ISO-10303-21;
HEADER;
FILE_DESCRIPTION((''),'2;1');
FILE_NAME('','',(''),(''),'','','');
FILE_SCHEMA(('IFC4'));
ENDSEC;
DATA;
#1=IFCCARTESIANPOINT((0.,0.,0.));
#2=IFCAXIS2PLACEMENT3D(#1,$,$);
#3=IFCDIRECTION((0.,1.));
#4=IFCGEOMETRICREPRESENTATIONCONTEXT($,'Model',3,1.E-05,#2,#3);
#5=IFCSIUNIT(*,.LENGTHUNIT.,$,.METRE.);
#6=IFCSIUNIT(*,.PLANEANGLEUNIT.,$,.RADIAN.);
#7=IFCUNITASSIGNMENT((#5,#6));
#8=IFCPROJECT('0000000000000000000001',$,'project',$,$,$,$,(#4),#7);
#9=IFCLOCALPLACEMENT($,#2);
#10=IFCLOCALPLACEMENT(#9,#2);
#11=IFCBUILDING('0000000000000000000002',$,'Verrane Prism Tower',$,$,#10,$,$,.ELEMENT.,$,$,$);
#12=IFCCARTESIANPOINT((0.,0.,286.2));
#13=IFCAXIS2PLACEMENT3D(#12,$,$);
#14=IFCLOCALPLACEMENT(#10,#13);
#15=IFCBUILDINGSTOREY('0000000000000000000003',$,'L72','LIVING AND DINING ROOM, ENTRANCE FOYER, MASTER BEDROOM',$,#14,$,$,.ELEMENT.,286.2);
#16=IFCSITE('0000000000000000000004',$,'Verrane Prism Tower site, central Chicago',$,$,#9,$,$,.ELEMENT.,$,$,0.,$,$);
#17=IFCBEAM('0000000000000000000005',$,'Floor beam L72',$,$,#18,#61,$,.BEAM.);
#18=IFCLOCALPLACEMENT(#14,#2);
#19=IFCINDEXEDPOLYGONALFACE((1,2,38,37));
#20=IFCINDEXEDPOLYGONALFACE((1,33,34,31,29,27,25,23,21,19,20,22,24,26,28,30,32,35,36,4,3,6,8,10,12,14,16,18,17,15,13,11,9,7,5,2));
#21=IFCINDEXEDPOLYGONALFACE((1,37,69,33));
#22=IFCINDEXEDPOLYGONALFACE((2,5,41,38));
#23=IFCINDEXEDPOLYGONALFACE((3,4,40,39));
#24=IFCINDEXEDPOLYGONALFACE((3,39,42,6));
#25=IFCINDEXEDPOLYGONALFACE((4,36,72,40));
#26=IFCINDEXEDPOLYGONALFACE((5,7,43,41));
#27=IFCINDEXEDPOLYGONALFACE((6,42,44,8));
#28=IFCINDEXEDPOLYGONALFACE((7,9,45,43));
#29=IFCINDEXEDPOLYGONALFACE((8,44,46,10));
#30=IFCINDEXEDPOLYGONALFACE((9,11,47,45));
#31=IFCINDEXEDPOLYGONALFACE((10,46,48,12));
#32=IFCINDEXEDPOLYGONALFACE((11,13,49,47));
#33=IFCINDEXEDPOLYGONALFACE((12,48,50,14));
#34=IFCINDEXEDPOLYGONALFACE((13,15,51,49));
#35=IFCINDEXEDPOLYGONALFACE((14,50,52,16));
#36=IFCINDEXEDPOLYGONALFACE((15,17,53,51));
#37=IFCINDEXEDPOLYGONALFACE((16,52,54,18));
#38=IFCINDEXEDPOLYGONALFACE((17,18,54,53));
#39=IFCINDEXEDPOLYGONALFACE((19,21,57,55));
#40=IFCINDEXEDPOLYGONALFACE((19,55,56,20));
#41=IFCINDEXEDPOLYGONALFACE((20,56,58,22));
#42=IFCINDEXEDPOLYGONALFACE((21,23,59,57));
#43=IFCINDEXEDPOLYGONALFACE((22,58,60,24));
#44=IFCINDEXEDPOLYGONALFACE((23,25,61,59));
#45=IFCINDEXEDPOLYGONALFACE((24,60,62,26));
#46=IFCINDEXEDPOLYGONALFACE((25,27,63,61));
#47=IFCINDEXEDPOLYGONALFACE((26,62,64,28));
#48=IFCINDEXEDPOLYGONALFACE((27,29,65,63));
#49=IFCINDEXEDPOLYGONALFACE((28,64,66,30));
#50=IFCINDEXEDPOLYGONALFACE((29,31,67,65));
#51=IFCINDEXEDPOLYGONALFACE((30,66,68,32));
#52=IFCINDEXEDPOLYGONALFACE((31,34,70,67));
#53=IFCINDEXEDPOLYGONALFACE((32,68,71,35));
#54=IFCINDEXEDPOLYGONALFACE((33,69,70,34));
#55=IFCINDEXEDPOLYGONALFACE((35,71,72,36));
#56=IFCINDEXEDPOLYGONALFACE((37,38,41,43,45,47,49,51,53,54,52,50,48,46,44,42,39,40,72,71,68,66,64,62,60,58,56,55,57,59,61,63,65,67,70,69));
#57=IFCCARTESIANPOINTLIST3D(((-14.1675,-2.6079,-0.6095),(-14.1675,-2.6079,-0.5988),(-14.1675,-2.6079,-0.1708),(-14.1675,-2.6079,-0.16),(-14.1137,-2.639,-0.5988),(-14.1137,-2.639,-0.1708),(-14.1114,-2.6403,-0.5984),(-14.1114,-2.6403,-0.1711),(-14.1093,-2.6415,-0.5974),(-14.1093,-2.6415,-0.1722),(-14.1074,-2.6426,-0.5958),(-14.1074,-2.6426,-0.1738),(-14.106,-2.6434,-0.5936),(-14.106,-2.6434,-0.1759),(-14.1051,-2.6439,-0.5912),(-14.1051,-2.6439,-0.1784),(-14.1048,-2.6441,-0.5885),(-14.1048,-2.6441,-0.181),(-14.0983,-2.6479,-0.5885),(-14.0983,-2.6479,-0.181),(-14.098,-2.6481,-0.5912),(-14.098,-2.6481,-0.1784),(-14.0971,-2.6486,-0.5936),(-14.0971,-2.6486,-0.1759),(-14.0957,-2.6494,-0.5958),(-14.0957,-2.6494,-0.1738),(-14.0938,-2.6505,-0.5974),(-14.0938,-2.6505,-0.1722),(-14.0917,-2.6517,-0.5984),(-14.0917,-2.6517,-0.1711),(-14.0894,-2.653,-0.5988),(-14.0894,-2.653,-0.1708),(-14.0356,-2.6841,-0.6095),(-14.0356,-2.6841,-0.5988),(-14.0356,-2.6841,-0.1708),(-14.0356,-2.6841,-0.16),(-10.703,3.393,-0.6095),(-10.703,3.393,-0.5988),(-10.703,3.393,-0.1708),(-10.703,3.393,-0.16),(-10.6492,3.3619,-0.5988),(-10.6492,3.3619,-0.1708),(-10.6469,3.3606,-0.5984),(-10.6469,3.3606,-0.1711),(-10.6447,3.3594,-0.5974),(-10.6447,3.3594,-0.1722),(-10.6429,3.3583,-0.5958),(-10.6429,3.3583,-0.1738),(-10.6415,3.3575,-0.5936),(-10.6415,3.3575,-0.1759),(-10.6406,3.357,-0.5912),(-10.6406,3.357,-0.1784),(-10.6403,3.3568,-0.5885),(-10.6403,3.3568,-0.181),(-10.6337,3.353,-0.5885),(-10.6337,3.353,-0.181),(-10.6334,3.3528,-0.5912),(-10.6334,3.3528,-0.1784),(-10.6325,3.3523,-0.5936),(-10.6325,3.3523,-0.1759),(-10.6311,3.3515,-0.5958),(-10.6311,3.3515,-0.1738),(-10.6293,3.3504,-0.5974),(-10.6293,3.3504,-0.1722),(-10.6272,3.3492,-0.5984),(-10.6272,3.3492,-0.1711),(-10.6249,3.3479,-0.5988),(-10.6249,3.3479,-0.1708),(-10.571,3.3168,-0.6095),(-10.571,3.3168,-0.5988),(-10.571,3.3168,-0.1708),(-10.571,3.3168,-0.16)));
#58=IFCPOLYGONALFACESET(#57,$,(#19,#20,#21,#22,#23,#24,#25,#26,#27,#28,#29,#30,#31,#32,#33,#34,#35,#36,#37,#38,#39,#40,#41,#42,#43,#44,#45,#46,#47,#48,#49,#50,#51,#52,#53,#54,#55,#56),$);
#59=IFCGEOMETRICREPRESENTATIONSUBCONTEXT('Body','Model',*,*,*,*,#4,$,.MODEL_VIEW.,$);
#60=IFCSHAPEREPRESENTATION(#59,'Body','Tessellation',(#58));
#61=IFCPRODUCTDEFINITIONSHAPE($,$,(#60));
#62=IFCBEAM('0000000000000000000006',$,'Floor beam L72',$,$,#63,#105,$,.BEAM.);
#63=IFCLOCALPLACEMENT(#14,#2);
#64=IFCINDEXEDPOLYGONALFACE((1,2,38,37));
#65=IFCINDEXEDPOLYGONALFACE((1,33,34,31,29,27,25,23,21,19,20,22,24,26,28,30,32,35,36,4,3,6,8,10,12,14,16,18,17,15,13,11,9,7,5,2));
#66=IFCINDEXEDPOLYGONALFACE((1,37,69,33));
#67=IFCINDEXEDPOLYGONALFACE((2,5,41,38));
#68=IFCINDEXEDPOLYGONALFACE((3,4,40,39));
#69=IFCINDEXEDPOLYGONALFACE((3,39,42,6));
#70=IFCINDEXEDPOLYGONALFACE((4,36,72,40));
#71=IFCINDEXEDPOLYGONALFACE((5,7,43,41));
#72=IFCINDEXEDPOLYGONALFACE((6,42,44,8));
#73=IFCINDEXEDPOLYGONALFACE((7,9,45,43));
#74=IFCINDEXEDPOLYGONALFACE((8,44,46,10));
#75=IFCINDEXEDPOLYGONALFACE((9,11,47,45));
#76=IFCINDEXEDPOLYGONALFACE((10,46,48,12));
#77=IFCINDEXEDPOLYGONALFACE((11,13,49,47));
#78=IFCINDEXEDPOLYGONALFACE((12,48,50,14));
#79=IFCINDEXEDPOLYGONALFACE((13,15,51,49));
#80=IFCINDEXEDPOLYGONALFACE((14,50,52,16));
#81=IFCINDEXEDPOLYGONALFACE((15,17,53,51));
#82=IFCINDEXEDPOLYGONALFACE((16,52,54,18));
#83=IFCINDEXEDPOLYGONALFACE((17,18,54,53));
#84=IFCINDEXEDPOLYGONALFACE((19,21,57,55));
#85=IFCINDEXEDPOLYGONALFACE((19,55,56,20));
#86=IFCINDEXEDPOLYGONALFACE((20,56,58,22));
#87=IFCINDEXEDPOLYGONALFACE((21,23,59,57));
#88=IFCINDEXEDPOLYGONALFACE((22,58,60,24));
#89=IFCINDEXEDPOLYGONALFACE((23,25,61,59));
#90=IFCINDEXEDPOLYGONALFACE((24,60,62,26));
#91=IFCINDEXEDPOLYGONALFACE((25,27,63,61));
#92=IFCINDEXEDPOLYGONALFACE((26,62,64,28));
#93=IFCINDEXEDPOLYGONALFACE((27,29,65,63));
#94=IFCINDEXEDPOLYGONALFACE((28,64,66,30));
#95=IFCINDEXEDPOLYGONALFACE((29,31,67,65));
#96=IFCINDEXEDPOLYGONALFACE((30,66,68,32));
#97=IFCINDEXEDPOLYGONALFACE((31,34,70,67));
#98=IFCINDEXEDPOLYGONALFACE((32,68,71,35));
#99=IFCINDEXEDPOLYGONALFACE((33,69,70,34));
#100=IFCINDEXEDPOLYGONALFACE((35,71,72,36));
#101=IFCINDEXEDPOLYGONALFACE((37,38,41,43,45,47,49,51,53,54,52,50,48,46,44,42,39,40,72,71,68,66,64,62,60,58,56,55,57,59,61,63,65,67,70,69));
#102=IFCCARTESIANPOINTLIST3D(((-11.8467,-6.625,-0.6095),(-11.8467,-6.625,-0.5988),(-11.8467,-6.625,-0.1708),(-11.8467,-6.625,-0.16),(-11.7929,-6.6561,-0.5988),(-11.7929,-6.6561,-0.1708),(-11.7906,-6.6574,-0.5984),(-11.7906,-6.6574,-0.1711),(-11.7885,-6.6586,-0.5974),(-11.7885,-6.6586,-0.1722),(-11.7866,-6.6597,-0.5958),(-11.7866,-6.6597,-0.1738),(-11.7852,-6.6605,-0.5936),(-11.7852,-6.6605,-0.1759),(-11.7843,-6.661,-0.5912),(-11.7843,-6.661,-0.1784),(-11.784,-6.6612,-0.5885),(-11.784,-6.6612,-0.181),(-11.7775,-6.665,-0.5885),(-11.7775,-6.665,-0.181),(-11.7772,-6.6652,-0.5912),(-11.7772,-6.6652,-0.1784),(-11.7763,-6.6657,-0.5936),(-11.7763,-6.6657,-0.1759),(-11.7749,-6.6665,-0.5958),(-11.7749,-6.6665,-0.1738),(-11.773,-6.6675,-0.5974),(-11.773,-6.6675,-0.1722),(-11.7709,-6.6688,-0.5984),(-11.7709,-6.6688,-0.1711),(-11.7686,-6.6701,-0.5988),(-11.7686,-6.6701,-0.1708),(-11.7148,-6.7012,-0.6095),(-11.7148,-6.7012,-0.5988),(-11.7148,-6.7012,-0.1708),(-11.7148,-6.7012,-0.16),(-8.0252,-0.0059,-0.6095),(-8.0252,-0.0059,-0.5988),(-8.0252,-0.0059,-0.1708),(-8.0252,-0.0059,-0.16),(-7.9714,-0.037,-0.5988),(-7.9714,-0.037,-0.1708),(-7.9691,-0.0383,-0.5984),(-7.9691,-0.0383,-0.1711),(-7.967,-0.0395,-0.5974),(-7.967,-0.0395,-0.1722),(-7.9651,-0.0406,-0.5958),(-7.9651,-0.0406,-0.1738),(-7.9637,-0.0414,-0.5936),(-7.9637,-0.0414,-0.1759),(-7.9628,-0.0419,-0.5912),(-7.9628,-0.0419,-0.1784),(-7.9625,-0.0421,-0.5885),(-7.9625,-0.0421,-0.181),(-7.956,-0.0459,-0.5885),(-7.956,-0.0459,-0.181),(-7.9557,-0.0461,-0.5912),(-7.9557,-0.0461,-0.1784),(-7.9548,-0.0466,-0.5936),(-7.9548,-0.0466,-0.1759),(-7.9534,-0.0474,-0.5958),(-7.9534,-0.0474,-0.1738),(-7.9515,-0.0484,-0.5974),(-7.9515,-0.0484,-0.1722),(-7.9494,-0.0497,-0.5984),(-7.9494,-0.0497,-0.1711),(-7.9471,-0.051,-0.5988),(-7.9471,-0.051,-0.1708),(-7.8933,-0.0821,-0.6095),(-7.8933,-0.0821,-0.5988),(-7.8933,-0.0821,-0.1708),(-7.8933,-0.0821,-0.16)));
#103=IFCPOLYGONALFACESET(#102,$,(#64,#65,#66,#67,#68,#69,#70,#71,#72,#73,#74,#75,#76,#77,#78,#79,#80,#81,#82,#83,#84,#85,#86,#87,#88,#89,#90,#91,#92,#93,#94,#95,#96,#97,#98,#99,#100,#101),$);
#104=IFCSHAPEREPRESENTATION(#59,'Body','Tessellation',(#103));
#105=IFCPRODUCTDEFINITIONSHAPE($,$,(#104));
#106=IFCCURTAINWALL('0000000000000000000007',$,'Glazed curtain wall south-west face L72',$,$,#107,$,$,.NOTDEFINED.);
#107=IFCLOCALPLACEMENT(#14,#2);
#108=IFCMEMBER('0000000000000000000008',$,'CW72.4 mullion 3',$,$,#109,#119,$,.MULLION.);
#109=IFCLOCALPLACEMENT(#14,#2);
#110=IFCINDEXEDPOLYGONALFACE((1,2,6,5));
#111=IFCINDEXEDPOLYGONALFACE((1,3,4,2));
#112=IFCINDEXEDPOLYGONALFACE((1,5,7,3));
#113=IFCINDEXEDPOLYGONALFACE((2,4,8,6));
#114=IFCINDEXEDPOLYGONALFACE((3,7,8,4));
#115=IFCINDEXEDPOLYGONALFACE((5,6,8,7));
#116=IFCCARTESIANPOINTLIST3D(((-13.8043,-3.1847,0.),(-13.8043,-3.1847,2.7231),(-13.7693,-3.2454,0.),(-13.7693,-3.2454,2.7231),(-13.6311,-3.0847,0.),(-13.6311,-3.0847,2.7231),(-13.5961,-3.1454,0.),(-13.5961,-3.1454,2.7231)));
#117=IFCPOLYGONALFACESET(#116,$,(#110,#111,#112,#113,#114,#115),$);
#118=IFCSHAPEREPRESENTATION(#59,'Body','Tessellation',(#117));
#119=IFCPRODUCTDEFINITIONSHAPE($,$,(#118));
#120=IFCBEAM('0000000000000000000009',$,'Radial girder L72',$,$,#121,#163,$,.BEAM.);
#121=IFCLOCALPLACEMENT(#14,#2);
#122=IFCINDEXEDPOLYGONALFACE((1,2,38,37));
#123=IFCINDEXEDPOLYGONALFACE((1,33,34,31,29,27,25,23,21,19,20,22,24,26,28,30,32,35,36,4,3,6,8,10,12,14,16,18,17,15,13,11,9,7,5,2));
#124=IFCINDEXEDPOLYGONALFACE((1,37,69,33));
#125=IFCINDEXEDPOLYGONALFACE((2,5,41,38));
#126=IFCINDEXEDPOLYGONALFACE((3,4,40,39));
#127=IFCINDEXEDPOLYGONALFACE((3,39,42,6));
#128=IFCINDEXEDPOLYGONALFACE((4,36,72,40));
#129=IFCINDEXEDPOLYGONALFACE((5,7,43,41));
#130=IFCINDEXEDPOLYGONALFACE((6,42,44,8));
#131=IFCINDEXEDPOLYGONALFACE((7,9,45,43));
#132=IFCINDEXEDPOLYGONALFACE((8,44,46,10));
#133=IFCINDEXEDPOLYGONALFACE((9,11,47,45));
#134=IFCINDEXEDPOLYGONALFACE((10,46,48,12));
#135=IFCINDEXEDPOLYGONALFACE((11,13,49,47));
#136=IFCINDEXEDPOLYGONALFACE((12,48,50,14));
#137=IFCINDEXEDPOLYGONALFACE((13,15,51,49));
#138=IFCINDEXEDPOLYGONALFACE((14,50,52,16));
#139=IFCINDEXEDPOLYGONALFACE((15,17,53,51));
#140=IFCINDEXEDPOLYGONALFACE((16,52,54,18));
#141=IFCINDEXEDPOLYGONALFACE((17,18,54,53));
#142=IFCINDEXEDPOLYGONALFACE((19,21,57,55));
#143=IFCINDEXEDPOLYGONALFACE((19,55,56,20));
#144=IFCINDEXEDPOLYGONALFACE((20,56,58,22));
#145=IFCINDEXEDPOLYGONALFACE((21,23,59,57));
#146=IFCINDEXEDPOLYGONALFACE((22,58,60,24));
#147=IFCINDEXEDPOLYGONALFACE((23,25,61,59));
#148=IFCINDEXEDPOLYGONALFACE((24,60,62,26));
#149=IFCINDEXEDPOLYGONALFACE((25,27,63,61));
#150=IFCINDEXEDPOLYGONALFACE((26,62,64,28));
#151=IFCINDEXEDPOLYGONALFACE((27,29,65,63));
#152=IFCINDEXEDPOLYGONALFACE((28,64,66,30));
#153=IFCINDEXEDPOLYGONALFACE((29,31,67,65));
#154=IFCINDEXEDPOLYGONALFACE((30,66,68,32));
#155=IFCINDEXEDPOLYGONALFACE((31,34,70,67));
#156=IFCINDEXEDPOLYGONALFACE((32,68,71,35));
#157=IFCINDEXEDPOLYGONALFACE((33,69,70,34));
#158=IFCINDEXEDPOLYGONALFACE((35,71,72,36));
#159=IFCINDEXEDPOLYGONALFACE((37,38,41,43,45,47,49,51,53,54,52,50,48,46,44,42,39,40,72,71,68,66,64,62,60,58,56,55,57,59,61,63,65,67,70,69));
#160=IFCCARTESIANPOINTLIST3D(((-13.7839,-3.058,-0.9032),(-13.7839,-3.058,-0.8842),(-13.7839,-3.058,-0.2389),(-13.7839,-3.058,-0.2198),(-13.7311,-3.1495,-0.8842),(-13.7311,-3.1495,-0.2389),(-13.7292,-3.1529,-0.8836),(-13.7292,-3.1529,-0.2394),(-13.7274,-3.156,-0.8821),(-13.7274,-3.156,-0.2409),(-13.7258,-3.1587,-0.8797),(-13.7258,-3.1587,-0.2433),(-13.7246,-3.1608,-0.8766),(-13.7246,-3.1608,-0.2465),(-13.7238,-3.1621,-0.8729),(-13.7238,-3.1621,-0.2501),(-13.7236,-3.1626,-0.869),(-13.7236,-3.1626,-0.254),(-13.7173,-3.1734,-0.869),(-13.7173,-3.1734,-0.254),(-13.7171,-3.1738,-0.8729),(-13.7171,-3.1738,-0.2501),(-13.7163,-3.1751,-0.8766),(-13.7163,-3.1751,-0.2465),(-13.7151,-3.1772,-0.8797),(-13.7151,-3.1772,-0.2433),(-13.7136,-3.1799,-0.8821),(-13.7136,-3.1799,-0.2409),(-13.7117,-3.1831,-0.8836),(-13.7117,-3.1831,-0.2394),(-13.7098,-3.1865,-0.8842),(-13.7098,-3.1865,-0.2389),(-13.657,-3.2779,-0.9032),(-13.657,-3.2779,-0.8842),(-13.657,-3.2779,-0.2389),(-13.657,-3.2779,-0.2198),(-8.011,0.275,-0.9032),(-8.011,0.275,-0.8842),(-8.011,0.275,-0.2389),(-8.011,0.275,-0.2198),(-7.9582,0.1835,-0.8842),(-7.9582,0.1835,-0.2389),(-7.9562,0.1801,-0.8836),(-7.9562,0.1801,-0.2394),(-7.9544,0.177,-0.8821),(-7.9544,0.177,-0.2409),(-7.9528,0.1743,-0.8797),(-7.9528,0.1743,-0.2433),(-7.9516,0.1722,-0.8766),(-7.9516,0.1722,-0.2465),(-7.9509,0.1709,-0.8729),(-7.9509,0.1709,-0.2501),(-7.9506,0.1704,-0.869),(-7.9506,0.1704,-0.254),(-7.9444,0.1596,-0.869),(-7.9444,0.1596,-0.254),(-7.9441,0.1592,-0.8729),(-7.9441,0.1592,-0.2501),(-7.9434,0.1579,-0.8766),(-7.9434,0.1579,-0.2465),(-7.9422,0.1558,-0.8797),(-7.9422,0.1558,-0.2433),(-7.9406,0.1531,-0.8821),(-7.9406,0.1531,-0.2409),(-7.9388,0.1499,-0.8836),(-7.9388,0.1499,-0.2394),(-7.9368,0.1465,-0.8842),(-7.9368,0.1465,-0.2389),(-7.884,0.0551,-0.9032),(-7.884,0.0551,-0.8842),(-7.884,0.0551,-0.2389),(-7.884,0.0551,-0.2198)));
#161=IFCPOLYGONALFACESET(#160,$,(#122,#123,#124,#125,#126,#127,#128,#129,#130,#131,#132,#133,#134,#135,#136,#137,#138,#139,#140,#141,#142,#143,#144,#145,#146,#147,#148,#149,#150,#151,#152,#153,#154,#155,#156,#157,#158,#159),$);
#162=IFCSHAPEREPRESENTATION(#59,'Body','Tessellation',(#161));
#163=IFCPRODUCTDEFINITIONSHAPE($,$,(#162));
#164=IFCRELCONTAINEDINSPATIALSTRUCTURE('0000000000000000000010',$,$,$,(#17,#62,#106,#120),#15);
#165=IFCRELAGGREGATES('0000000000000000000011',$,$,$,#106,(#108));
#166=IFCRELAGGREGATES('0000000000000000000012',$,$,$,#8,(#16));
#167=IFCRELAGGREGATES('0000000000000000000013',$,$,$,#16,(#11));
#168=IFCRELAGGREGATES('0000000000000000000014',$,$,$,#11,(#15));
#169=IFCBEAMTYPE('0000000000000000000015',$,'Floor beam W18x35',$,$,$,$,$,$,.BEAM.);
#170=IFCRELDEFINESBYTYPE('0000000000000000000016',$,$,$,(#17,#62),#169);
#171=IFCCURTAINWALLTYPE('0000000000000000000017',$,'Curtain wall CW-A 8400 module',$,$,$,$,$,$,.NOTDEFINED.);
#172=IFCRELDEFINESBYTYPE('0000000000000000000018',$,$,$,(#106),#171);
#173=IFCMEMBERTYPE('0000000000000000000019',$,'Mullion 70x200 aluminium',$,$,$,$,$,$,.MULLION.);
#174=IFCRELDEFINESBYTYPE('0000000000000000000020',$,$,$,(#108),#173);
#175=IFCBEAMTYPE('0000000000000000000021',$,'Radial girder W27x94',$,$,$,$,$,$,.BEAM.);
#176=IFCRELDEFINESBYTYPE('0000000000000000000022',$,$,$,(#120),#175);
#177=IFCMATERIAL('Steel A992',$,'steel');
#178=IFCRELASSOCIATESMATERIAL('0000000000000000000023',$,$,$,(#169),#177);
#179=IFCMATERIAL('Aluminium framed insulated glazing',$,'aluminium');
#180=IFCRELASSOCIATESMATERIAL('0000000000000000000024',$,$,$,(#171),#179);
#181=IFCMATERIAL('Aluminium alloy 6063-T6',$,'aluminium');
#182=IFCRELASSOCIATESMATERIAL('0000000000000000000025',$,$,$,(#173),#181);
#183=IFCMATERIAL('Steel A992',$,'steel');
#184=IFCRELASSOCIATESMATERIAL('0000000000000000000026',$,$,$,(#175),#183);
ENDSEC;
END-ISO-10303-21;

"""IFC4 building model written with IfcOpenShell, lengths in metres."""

from ifc_helpers import new_model, si_unit, direction, frame, origin, origin_2d, place, context, subcontext, project, spatial, rectangle, i_section, extrude, material, material_profile, profile_set, type_object, element, aggregate, save


model = new_model("IFC4")

# Units and contexts
model_context = context("Model", 3, precision=1e-05, world=origin(), true_north=direction((0.0, 1.0)))
body_context = subcontext(model_context, "Body", "Model", "MODEL_VIEW")
ifc_project = project(units=[si_unit("LENGTHUNIT", "METRE"), si_unit("PLANEANGLEUNIT", "RADIAN")], contexts=[model_context])

# Site, building, storey
site_placement = place(None, origin())
site = spatial("IfcSite", under=ifc_project, at=site_placement, Name="Verrane Prism Tower site, central Chicago", CompositionType="ELEMENT", RefElevation=0.0)
building_placement = place(site_placement, origin())
building = spatial("IfcBuilding", under=site, at=building_placement, Name="Verrane Prism Tower", CompositionType="ELEMENT")
storey_placement = place(building_placement, frame((0.0, 0.0, 286.2)))
storey = spatial("IfcBuildingStorey", under=building, at=storey_placement, Name="L72", Description="LIVING AND DINING ROOM, ENTRANCE FOYER, MASTER BEDROOM", CompositionType="ELEMENT", Elevation=286.2)

# Beams
ifc_material_1 = material(Name="Steel A992", Category="steel")
ifc_material_profile_1 = material_profile(ifc_material_1, i_section(OverallWidth=0.1523, OverallDepth=0.4495, WebThickness=0.0076, FlangeThickness=0.0107, FilletRadius=0.0103, at=origin_2d()), Name="W18x35")
ifc_profile_set_1 = profile_set([ifc_material_profile_1], Name="Steel A992")
beam_type_1 = type_object("IfcBeamType", Name="Floor beam W18x35", PredefinedType="BEAM", material=ifc_profile_set_1)
beam_1_placement = place(storey_placement, frame((-14.1016, -2.646, -0.3848), z_axis=(0.499993, 0.86603, 0.0), x_axis=(-0.86603, 0.499993, 0.0)))
element("IfcBeam", 1, at=beam_1_placement, inside=storey, type_object=beam_type_1, Name="Floor beam L72", PredefinedType="BEAM", context=body_context, shape_type="SweptSolid", body=[
    extrude(i_section(OverallWidth=0.1523, OverallDepth=0.4495, WebThickness=0.0076, FlangeThickness=0.0107, FilletRadius=0.0103, at=origin_2d()), origin(), (0.0, 0.0, 1.0), 6.9292),
])
beam_2_placement = place(storey_placement, frame((-11.7808, -6.6631, -0.3848), z_axis=(0.499997, 0.866027, 0.0), x_axis=(-0.866027, 0.499997, 0.0)))
element("IfcBeam", 2, at=beam_2_placement, inside=storey, type_object=beam_type_1, Name="Floor beam L72", PredefinedType="BEAM", context=body_context, shape_type="SweptSolid", body=[
    extrude(i_section(OverallWidth=0.1523, OverallDepth=0.4495, WebThickness=0.0076, FlangeThickness=0.0107, FilletRadius=0.0103, at=origin_2d()), origin(), (0.0, 0.0, 1.0), 7.6431),
])

# Curtain wall, member
ifc_material_2 = material(Name="Aluminium framed insulated glazing", Category="aluminium")
curtain_wall_type = type_object("IfcCurtainWallType", Name="Curtain wall CW-A 8400 module", PredefinedType="NOTDEFINED", material=ifc_material_2)
curtain_wall_placement = place(storey_placement, origin())
curtain_wall = element("IfcCurtainWall", 3, at=curtain_wall_placement, inside=storey, type_object=curtain_wall_type, Name="Glazed curtain wall south-west face L72", PredefinedType="NOTDEFINED")
ifc_material_3 = material(Name="Aluminium alloy 6063-T6", Category="aluminium")
ifc_material_profile_2 = material_profile(ifc_material_3, rectangle(XDim=0.2, YDim=0.0701, at=origin_2d()), Name="Mullion 70x200 aluminium")
ifc_profile_set_2 = profile_set([ifc_material_profile_2], Name="Aluminium alloy 6063-T6")
member_type_1 = type_object("IfcMemberType", Name="Mullion 70x200 aluminium", PredefinedType="MULLION", material=ifc_profile_set_2)
member_1_placement = place(storey_placement, frame((-13.7002, -3.165, 0.0), z_axis=(0.0, 0.0, 1.0), x_axis=(0.866025, 0.500001, 0.0)))
member_1 = element("IfcMember", 4, at=member_1_placement, type_object=member_type_1, Name="CW72.4 mullion 3", PredefinedType="MULLION", context=body_context, shape_type="SweptSolid", body=[
    extrude(rectangle(XDim=0.2, YDim=0.0701, at=origin_2d()), origin(), (0.0, 0.0, 1.0), 2.7231),
])

# Beam
ifc_material_4 = material(Name="Steel A992", Category="steel")
ifc_material_profile_3 = material_profile(ifc_material_4, i_section(OverallWidth=0.2539, OverallDepth=0.6833, WebThickness=0.0125, FlangeThickness=0.019, FilletRadius=0.0151, at=origin_2d()), Name="W27x94")
ifc_profile_set_3 = profile_set([ifc_material_profile_3], Name="Steel A992")
beam_type_2 = type_object("IfcBeamType", Name="Radial girder W27x94", PredefinedType="BEAM", material=ifc_profile_set_3)
beam_3_placement = place(storey_placement, frame((-13.7205, -3.168, -0.5615), z_axis=(0.866026, 0.499999, 0.0), x_axis=(-0.499999, 0.866026, 0.0)))
element("IfcBeam", 5, at=beam_3_placement, inside=storey, type_object=beam_type_2, Name="Radial girder L72", PredefinedType="BEAM", context=body_context, shape_type="SweptSolid", body=[
    extrude(i_section(OverallWidth=0.2539, OverallDepth=0.6833, WebThickness=0.0125, FlangeThickness=0.019, FilletRadius=0.0151, at=origin_2d()), origin(), (0.0, 0.0, 1.0), 6.666),
])

aggregate(curtain_wall, [member_1])

save(model, "model.ifc")
